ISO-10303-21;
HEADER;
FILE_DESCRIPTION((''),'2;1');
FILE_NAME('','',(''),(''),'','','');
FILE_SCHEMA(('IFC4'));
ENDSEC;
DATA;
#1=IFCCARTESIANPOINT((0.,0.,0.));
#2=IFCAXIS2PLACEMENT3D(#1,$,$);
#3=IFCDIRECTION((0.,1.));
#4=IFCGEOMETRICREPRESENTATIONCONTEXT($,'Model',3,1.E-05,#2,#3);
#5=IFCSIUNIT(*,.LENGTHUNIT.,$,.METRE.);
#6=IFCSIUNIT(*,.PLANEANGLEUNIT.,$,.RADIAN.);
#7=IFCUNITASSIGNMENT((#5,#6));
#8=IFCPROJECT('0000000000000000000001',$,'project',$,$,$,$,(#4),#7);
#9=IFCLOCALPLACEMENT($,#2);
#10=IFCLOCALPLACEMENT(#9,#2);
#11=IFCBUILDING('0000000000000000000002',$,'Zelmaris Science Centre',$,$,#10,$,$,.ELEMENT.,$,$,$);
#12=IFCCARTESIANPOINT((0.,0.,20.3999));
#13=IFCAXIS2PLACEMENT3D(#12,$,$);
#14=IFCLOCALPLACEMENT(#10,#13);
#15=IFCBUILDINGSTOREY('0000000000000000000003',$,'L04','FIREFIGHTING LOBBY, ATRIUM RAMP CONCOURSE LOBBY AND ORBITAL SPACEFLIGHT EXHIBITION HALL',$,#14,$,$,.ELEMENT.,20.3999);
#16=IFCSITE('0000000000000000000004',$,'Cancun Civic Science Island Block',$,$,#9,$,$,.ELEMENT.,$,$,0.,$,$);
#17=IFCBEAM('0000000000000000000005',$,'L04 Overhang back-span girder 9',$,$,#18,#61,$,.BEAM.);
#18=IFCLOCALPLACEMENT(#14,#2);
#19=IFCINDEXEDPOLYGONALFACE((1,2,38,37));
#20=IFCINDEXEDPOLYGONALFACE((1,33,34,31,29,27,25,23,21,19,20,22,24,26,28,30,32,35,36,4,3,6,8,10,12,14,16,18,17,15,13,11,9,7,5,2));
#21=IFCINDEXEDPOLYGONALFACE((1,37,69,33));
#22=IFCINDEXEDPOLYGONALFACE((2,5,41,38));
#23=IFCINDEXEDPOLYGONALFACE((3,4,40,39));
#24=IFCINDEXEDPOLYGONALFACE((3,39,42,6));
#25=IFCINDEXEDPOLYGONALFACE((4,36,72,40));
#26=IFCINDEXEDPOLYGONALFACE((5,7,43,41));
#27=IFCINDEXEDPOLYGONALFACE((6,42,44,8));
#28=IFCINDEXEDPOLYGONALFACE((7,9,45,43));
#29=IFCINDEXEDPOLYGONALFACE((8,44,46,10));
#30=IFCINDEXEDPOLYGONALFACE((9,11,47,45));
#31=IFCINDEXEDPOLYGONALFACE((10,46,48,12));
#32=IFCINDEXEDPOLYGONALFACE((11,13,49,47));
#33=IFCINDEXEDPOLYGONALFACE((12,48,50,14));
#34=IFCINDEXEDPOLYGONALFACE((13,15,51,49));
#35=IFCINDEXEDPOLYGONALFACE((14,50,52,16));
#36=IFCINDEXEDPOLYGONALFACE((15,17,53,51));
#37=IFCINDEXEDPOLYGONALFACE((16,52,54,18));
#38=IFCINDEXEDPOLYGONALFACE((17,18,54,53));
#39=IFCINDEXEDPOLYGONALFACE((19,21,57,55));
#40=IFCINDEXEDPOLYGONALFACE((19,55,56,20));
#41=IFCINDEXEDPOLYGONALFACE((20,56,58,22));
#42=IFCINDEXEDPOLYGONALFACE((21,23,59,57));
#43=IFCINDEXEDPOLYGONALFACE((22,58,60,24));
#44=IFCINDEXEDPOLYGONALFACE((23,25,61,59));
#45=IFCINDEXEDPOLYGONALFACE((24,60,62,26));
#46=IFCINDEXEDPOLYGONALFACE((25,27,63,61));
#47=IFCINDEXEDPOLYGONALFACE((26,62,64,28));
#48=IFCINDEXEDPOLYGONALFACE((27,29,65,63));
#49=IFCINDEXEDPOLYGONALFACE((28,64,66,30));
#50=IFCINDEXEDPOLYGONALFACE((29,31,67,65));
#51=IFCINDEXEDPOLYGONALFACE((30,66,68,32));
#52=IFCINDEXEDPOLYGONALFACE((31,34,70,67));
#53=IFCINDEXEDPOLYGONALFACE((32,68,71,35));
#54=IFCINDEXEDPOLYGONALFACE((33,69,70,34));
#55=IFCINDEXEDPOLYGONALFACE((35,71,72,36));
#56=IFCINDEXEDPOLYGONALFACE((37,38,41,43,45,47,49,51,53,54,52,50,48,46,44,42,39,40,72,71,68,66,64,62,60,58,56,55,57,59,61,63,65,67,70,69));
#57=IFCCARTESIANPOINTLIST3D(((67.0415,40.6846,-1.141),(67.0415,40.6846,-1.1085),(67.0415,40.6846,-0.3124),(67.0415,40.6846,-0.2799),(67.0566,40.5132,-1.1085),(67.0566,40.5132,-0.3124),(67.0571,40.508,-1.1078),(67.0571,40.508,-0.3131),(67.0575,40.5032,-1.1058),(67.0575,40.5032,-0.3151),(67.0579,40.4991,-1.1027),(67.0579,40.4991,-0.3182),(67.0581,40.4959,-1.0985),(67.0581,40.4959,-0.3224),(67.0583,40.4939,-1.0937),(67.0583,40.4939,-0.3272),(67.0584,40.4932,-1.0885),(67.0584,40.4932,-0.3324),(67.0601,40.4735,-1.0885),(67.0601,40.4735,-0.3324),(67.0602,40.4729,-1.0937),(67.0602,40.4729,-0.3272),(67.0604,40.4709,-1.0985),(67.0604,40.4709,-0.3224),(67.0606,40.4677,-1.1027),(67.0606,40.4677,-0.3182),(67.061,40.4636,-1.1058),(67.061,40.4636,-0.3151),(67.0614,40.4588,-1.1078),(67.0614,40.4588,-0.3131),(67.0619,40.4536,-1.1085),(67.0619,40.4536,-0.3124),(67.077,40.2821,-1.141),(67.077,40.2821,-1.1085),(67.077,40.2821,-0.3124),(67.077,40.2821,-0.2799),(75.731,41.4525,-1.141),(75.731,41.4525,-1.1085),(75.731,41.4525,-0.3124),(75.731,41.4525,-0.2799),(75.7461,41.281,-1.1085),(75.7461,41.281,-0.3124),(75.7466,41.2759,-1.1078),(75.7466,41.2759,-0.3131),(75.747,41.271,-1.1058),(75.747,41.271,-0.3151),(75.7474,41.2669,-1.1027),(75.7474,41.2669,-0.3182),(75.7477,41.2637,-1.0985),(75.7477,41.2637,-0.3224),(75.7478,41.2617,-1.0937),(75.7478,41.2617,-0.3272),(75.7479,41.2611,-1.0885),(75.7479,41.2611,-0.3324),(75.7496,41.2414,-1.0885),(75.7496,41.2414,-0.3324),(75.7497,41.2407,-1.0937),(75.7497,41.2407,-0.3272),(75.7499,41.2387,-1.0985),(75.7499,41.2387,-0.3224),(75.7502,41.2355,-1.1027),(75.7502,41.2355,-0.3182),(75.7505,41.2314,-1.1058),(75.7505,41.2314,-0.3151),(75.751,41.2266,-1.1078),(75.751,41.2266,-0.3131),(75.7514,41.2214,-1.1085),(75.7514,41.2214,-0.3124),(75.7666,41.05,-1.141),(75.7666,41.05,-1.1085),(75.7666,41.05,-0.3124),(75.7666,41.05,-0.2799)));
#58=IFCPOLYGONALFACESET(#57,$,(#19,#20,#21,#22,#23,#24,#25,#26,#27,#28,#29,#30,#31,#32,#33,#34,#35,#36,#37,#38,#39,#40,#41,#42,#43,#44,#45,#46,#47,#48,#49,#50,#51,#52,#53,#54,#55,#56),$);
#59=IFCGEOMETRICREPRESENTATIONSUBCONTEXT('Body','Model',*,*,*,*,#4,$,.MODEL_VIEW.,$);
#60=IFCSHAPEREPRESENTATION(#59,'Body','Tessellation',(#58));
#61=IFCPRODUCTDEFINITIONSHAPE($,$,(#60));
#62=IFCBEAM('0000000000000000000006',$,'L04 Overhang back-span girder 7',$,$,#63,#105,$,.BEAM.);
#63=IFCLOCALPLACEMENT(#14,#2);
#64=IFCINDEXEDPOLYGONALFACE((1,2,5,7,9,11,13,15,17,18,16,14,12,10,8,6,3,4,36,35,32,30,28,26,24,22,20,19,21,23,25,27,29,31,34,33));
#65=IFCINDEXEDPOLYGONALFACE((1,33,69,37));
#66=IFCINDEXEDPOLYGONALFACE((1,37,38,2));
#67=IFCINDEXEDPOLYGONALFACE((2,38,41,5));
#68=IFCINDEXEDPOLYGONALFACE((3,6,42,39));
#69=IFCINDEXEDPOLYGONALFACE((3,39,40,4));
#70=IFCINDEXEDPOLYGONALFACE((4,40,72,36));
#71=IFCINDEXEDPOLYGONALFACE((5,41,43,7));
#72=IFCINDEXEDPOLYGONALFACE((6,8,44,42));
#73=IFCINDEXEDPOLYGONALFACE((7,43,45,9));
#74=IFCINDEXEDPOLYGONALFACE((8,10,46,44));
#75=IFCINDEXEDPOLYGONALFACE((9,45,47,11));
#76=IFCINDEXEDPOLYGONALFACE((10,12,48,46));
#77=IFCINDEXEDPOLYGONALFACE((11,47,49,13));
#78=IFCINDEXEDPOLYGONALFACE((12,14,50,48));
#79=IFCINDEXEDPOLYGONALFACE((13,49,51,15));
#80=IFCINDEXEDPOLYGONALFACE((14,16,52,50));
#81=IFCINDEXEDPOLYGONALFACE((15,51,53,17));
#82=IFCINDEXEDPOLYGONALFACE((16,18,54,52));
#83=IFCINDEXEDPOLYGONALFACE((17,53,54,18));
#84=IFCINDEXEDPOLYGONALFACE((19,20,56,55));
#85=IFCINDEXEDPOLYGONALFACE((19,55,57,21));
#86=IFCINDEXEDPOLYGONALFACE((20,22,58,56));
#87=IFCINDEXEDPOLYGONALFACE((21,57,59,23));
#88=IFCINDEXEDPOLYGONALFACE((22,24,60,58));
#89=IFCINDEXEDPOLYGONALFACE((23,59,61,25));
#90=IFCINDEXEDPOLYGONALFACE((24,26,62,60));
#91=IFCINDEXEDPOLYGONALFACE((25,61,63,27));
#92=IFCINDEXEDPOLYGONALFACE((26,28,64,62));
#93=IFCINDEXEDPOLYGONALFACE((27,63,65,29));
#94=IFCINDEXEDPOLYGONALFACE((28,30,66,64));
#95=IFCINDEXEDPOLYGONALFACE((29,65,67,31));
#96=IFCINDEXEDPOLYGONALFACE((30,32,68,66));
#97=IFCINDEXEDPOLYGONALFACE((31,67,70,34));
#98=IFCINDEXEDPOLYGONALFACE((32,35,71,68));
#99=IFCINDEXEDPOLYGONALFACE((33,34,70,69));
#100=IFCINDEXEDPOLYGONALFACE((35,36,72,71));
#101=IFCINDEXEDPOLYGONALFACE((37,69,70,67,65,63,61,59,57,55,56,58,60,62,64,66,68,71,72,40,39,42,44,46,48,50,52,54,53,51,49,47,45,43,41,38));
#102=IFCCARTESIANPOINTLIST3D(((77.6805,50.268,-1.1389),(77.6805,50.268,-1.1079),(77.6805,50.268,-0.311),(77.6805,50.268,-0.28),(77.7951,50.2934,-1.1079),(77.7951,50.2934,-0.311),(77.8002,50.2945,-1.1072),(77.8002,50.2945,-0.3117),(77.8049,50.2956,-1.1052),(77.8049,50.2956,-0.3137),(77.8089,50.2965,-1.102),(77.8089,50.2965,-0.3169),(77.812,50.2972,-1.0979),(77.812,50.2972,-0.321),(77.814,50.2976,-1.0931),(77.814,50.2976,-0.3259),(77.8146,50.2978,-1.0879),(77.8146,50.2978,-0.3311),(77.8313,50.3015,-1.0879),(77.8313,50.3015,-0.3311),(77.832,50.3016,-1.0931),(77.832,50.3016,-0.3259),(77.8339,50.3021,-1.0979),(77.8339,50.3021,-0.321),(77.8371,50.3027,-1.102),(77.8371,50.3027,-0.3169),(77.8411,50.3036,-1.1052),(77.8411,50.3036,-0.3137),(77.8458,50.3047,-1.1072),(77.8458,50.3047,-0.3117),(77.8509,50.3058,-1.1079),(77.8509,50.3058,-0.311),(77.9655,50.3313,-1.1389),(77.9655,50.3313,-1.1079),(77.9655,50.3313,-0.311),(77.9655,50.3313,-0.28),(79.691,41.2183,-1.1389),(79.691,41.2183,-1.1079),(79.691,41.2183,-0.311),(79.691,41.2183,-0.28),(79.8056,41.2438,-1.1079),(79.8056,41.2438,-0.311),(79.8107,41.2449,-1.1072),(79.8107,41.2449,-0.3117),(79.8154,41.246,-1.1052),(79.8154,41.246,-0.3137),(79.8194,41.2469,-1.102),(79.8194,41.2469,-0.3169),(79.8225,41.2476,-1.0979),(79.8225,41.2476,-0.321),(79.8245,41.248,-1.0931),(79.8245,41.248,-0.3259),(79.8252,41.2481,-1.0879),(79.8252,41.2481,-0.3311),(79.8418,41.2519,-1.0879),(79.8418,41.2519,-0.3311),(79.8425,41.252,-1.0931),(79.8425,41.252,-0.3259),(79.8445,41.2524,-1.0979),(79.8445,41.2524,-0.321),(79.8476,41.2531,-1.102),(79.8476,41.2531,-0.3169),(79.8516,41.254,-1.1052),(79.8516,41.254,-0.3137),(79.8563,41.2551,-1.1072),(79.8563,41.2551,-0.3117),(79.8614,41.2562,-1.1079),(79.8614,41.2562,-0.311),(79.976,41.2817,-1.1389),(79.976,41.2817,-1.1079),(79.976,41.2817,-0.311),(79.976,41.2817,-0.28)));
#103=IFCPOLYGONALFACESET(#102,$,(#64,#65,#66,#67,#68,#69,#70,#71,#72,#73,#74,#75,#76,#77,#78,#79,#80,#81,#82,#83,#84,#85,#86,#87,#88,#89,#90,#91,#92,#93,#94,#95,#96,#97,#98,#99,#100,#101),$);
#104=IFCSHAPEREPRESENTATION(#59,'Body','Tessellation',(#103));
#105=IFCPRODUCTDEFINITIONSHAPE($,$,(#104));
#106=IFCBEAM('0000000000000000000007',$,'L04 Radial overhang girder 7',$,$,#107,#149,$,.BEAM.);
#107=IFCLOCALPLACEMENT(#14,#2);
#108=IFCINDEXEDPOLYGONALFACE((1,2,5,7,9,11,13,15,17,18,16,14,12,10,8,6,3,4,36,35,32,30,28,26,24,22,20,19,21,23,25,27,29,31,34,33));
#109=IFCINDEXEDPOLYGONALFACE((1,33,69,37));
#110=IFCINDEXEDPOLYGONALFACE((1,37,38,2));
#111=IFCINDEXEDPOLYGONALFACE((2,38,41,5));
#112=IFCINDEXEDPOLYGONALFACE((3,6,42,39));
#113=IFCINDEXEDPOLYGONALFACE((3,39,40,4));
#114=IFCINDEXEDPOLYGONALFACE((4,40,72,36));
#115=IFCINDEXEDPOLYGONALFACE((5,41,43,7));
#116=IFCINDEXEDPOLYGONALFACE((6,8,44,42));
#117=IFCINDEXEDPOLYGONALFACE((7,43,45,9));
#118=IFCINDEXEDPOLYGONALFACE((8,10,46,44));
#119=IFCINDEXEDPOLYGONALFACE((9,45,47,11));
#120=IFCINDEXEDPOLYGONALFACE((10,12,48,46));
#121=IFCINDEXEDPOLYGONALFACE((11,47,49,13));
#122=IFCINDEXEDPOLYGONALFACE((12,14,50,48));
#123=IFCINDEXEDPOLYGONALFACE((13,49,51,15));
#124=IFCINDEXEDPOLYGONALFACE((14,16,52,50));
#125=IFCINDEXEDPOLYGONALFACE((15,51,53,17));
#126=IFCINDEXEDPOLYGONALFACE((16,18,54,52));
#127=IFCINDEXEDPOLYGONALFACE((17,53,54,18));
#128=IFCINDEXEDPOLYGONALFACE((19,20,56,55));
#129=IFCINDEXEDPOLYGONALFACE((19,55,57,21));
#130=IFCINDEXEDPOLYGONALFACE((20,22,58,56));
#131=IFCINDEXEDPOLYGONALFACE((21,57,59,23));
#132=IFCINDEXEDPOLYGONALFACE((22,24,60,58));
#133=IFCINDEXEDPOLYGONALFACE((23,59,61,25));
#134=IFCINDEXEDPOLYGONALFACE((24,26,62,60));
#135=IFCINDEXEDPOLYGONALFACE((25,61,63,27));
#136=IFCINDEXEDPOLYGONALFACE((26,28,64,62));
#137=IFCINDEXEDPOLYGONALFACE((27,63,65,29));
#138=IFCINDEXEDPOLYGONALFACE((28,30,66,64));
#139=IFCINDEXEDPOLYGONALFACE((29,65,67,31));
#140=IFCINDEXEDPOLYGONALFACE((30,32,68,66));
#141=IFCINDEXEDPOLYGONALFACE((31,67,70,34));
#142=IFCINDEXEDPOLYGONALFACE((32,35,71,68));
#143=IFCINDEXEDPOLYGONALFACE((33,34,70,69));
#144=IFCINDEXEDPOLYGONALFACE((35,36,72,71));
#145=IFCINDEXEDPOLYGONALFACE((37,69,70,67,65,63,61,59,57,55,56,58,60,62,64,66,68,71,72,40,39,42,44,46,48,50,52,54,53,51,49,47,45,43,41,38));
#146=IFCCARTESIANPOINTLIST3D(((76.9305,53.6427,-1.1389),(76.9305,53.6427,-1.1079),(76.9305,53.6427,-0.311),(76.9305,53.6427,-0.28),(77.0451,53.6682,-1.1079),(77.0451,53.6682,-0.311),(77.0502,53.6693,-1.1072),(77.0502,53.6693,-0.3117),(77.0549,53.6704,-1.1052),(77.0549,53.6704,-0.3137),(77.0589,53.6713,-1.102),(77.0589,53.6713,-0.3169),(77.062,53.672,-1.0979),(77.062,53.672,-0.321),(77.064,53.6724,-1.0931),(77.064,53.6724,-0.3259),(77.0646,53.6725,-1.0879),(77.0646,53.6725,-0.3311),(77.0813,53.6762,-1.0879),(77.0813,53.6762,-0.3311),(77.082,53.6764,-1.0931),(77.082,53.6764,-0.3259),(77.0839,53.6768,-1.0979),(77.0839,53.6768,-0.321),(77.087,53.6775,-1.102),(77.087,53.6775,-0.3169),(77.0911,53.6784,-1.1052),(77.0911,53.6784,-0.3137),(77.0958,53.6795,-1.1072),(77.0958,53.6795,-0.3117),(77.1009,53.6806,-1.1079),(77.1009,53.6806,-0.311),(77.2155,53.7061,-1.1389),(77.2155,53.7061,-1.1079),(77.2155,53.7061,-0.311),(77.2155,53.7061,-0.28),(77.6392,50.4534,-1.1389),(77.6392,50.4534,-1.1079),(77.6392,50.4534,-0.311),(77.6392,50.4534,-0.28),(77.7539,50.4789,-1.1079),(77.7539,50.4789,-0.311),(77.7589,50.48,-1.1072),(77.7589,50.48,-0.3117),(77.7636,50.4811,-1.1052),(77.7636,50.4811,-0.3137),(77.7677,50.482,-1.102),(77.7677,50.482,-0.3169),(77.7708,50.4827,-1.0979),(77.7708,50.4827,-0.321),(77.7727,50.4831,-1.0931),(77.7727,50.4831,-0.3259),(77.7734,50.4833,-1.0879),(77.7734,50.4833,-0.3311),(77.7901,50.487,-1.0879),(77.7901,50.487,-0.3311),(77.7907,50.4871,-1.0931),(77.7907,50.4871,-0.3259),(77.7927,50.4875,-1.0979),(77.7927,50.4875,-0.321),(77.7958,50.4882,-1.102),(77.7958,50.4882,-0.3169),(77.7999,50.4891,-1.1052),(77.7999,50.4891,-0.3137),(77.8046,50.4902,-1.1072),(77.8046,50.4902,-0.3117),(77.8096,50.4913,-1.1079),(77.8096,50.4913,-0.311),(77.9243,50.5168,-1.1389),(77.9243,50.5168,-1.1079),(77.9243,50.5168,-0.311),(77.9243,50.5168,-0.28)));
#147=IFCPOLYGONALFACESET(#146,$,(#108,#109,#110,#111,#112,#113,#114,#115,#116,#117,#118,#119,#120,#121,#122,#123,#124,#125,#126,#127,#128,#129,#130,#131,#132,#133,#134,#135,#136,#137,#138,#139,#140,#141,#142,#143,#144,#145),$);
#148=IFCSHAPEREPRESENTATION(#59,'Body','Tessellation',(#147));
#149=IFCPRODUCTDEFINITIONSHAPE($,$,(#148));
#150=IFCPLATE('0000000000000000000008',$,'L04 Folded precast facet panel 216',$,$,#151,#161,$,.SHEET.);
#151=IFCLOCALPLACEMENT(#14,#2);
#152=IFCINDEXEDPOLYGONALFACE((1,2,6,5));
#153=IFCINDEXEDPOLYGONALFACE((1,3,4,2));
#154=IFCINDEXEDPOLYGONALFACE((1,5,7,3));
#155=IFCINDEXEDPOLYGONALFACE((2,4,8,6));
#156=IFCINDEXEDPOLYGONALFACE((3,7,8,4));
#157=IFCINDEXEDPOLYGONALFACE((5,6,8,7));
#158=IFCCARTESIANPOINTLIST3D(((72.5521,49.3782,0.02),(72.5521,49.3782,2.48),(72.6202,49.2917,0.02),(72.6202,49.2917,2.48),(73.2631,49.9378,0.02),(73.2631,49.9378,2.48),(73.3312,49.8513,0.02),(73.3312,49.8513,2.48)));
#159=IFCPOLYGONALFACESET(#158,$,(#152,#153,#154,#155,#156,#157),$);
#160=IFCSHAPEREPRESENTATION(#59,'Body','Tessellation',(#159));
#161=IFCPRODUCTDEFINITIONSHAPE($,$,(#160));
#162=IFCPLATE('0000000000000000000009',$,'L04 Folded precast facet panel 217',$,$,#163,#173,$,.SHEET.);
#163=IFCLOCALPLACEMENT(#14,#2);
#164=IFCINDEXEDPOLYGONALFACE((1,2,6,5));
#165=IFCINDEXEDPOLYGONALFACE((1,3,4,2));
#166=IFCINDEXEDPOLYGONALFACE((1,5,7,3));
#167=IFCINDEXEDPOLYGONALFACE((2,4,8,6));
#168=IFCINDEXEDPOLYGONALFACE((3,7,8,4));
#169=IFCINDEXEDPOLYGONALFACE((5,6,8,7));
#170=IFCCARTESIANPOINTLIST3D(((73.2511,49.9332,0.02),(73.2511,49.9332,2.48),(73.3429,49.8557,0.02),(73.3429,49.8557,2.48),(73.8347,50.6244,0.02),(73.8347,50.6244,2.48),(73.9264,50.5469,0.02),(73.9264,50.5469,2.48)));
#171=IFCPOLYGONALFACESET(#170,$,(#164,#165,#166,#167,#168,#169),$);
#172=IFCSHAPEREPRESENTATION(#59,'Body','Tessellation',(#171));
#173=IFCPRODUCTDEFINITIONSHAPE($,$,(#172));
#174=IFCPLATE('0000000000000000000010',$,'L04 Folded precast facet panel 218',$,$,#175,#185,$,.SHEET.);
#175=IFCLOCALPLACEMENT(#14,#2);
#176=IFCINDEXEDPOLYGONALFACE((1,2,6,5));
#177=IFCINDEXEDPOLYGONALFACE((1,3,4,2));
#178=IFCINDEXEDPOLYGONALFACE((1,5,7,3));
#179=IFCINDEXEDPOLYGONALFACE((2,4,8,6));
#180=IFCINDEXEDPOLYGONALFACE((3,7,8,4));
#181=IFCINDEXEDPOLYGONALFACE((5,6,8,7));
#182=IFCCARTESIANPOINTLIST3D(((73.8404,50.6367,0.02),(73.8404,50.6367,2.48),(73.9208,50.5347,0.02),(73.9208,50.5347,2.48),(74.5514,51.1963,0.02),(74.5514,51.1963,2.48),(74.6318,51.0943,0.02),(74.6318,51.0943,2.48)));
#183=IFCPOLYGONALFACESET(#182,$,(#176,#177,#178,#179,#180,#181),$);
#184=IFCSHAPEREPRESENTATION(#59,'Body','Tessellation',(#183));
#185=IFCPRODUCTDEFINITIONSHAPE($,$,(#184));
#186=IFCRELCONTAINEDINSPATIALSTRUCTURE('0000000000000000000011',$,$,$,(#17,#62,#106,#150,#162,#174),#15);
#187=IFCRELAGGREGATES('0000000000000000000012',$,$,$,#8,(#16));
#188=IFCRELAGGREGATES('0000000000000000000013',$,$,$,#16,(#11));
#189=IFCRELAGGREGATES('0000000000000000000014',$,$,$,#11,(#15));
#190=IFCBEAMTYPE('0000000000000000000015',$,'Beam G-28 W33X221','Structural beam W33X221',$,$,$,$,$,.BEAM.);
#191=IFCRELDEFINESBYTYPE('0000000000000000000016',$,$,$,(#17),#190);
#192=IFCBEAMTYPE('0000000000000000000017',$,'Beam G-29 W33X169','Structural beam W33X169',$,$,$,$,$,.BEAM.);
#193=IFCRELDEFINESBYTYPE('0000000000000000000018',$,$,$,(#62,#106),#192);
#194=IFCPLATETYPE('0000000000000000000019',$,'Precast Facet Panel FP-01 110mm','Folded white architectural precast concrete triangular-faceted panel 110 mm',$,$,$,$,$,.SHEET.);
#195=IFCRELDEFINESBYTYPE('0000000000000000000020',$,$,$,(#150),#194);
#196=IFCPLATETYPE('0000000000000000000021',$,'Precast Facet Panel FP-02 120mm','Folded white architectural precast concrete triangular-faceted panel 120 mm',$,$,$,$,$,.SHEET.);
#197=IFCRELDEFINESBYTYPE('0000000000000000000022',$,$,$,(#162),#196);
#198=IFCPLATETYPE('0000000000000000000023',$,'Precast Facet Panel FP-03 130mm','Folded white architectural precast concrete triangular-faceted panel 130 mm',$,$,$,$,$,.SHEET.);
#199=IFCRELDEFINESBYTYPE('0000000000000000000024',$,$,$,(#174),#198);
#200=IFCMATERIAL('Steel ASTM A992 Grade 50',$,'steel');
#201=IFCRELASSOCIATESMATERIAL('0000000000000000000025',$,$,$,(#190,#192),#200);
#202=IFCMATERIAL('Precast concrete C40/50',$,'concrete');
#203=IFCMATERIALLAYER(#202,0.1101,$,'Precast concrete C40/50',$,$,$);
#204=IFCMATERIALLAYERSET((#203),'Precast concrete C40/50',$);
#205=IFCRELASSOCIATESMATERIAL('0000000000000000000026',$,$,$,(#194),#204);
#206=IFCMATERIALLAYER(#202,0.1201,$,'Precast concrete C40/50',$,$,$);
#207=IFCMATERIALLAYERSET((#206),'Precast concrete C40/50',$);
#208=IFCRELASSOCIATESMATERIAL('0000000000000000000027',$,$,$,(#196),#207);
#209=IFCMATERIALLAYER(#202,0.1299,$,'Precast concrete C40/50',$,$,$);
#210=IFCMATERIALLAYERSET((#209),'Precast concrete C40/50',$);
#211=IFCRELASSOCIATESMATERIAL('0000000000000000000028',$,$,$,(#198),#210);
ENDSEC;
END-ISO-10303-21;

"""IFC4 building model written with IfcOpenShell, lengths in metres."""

from ifc_helpers import new_model, si_unit, direction, frame, frame_2d, origin, origin_2d, place, context, subcontext, project, spatial, rectangle, i_section, extrude, material, layer, layer_set, material_profile, profile_set, type_object, element, save


model = new_model("IFC4")

# Units and contexts
model_context = context("Model", 3, precision=1e-05, world=origin(), true_north=direction((0.0, 1.0)))
body_context = subcontext(model_context, "Body", "Model", "MODEL_VIEW")
ifc_project = project(units=[si_unit("LENGTHUNIT", "METRE"), si_unit("PLANEANGLEUNIT", "RADIAN")], contexts=[model_context])

# Site, building, storey
site_placement = place(None, origin())
site = spatial("IfcSite", under=ifc_project, at=site_placement, Name="Cancun Civic Science Island Block", CompositionType="ELEMENT", RefElevation=0.0)
building_placement = place(site_placement, origin())
building = spatial("IfcBuilding", under=site, at=building_placement, Name="Zelmaris Science Centre", CompositionType="ELEMENT")
storey_placement = place(building_placement, frame((0.0, 0.0, 20.3999)))
storey = spatial("IfcBuildingStorey", under=building, at=storey_placement, Name="L04", Description="FIREFIGHTING LOBBY, ATRIUM RAMP CONCOURSE LOBBY AND ORBITAL SPACEFLIGHT EXHIBITION HALL", CompositionType="ELEMENT", Elevation=20.3999)

# Shared definitions
ifc_material_1 = material(Name="Steel ASTM A992 Grade 50", Category="steel")

# Beams
ifc_material_profile_1 = material_profile(ifc_material_1, i_section(OverallWidth=0.4041, OverallDepth=0.8611, WebThickness=0.0198, FlangeThickness=0.0325, FilletRadius=0.02, at=origin_2d()), Name="W33X221")
ifc_profile_set_1 = profile_set([ifc_material_profile_1], Name="Steel ASTM A992 Grade 50")
beam_type_1 = type_object("IfcBeamType", Name="Beam G-28 W33X221", Description="Structural beam W33X221", PredefinedType="BEAM", material=ifc_profile_set_1)
beam_1_placement = place(storey_placement, frame((75.7488, 41.2512, -0.7104), z_axis=(-0.996119, -0.08802, 0.0), x_axis=(0.08802, -0.996119, 0.0)))
element("IfcBeam", 1, at=beam_1_placement, inside=storey, type_object=beam_type_1, Name="L04 Overhang back-span girder 9", PredefinedType="BEAM", context=body_context, shape_type="SweptSolid", body=[
    extrude(i_section(OverallWidth=0.4041, OverallDepth=0.8611, WebThickness=0.0198, FlangeThickness=0.0325, FilletRadius=0.02, at=origin_2d()), origin(), (0.0, 0.0, 1.0), 8.7234),
])
ifc_material_profile_2 = material_profile(ifc_material_1, i_section(OverallWidth=0.292, OverallDepth=0.8589, WebThickness=0.0171, FlangeThickness=0.031, FilletRadius=0.02, at=origin_2d()), Name="W33X169")
ifc_profile_set_2 = profile_set([ifc_material_profile_2], Name="Steel ASTM A992 Grade 50")
beam_type_2 = type_object("IfcBeamType", Name="Beam G-29 W33X169", Description="Structural beam W33X169", PredefinedType="BEAM", material=ifc_profile_set_2)
beam_2_placement = place(storey_placement, frame((79.8335, 41.25, -0.7095), z_axis=(-0.216877, 0.976199, 0.0), x_axis=(-0.976199, -0.216877, 0.0)))
element("IfcBeam", 2, at=beam_2_placement, inside=storey, type_object=beam_type_2, Name="L04 Overhang back-span girder 7", PredefinedType="BEAM", context=body_context, shape_type="SweptSolid", body=[
    extrude(i_section(OverallWidth=0.292, OverallDepth=0.8589, WebThickness=0.0171, FlangeThickness=0.031, FilletRadius=0.02, at=origin_2d()), origin(), (0.0, 0.0, 1.0), 9.2703),
])
beam_3_placement = place(storey_placement, frame((77.7817, 50.4851, -0.7095), z_axis=(-0.216938, 0.976185, 0.0), x_axis=(-0.976185, -0.216938, 0.0)))
element("IfcBeam", 3, at=beam_3_placement, inside=storey, type_object=beam_type_2, Name="L04 Radial overhang girder 7", PredefinedType="BEAM", context=body_context, shape_type="SweptSolid", body=[
    extrude(i_section(OverallWidth=0.292, OverallDepth=0.8589, WebThickness=0.0171, FlangeThickness=0.031, FilletRadius=0.02, at=origin_2d()), origin(), (0.0, 0.0, 1.0), 3.2671),
])

# Plates
ifc_material_2 = material(Name="Precast concrete C40/50", Category="concrete")
ifc_layer_1 = layer(ifc_material_2, 0.1101, Name="Precast concrete C40/50")
ifc_layer_set_1 = layer_set([ifc_layer_1], Name="Precast concrete C40/50")
plate_type_1 = type_object("IfcPlateType", Name="Precast Facet Panel FP-01 110mm", Description="Folded white architectural precast concrete triangular-faceted panel 110 mm", PredefinedType="SHEET", material=ifc_layer_set_1)
plate_1_placement = place(storey_placement, frame((72.5862, 49.335, 0.02), z_axis=(0.0, 0.0, 1.0), x_axis=(0.785794, 0.618489, 0.0)))
element("IfcPlate", 4, at=plate_1_placement, inside=storey, type_object=plate_type_1, Name="L04 Folded precast facet panel 216", PredefinedType="SHEET", context=body_context, shape_type="SweptSolid", body=[
    extrude(rectangle(XDim=0.9048, YDim=0.1101, at=frame_2d((0.4524, 0.0))), origin(), (0.0, 0.0, 1.0), 2.46),
])
ifc_layer_2 = layer(ifc_material_2, 0.1201, Name="Precast concrete C40/50")
ifc_layer_set_2 = layer_set([ifc_layer_2], Name="Precast concrete C40/50")
plate_type_2 = type_object("IfcPlateType", Name="Precast Facet Panel FP-02 120mm", Description="Folded white architectural precast concrete triangular-faceted panel 120 mm", PredefinedType="SHEET", material=ifc_layer_set_2)
plate_2_placement = place(storey_placement, frame((73.2971, 49.8945, 0.02), z_axis=(0.0, 0.0, 1.0), x_axis=(0.645083, 0.764113, 0.0)))
element("IfcPlate", 5, at=plate_2_placement, inside=storey, type_object=plate_type_2, Name="L04 Folded precast facet panel 217", PredefinedType="SHEET", context=body_context, shape_type="SweptSolid", body=[
    extrude(rectangle(XDim=0.9045, YDim=0.1201, at=frame_2d((0.4521, 0.0))), origin(), (0.0, 0.0, 1.0), 2.46),
])
ifc_layer_3 = layer(ifc_material_2, 0.1299, Name="Precast concrete C40/50")
ifc_layer_set_3 = layer_set([ifc_layer_3], Name="Precast concrete C40/50")
plate_type_3 = type_object("IfcPlateType", Name="Precast Facet Panel FP-03 130mm", Description="Folded white architectural precast concrete triangular-faceted panel 130 mm", PredefinedType="SHEET", material=ifc_layer_set_3)
plate_3_placement = place(storey_placement, frame((73.8806, 50.5857, 0.02), z_axis=(0.0, 0.0, 1.0), x_axis=(0.785794, 0.618489, 0.0)))
element("IfcPlate", 6, at=plate_3_placement, inside=storey, type_object=plate_type_3, Name="L04 Folded precast facet panel 218", PredefinedType="SHEET", context=body_context, shape_type="SweptSolid", body=[
    extrude(rectangle(XDim=0.9048, YDim=0.1299, at=frame_2d((0.4524, 0.0))), origin(), (0.0, 0.0, 1.0), 2.46),
])

save(model, "model.ifc")
